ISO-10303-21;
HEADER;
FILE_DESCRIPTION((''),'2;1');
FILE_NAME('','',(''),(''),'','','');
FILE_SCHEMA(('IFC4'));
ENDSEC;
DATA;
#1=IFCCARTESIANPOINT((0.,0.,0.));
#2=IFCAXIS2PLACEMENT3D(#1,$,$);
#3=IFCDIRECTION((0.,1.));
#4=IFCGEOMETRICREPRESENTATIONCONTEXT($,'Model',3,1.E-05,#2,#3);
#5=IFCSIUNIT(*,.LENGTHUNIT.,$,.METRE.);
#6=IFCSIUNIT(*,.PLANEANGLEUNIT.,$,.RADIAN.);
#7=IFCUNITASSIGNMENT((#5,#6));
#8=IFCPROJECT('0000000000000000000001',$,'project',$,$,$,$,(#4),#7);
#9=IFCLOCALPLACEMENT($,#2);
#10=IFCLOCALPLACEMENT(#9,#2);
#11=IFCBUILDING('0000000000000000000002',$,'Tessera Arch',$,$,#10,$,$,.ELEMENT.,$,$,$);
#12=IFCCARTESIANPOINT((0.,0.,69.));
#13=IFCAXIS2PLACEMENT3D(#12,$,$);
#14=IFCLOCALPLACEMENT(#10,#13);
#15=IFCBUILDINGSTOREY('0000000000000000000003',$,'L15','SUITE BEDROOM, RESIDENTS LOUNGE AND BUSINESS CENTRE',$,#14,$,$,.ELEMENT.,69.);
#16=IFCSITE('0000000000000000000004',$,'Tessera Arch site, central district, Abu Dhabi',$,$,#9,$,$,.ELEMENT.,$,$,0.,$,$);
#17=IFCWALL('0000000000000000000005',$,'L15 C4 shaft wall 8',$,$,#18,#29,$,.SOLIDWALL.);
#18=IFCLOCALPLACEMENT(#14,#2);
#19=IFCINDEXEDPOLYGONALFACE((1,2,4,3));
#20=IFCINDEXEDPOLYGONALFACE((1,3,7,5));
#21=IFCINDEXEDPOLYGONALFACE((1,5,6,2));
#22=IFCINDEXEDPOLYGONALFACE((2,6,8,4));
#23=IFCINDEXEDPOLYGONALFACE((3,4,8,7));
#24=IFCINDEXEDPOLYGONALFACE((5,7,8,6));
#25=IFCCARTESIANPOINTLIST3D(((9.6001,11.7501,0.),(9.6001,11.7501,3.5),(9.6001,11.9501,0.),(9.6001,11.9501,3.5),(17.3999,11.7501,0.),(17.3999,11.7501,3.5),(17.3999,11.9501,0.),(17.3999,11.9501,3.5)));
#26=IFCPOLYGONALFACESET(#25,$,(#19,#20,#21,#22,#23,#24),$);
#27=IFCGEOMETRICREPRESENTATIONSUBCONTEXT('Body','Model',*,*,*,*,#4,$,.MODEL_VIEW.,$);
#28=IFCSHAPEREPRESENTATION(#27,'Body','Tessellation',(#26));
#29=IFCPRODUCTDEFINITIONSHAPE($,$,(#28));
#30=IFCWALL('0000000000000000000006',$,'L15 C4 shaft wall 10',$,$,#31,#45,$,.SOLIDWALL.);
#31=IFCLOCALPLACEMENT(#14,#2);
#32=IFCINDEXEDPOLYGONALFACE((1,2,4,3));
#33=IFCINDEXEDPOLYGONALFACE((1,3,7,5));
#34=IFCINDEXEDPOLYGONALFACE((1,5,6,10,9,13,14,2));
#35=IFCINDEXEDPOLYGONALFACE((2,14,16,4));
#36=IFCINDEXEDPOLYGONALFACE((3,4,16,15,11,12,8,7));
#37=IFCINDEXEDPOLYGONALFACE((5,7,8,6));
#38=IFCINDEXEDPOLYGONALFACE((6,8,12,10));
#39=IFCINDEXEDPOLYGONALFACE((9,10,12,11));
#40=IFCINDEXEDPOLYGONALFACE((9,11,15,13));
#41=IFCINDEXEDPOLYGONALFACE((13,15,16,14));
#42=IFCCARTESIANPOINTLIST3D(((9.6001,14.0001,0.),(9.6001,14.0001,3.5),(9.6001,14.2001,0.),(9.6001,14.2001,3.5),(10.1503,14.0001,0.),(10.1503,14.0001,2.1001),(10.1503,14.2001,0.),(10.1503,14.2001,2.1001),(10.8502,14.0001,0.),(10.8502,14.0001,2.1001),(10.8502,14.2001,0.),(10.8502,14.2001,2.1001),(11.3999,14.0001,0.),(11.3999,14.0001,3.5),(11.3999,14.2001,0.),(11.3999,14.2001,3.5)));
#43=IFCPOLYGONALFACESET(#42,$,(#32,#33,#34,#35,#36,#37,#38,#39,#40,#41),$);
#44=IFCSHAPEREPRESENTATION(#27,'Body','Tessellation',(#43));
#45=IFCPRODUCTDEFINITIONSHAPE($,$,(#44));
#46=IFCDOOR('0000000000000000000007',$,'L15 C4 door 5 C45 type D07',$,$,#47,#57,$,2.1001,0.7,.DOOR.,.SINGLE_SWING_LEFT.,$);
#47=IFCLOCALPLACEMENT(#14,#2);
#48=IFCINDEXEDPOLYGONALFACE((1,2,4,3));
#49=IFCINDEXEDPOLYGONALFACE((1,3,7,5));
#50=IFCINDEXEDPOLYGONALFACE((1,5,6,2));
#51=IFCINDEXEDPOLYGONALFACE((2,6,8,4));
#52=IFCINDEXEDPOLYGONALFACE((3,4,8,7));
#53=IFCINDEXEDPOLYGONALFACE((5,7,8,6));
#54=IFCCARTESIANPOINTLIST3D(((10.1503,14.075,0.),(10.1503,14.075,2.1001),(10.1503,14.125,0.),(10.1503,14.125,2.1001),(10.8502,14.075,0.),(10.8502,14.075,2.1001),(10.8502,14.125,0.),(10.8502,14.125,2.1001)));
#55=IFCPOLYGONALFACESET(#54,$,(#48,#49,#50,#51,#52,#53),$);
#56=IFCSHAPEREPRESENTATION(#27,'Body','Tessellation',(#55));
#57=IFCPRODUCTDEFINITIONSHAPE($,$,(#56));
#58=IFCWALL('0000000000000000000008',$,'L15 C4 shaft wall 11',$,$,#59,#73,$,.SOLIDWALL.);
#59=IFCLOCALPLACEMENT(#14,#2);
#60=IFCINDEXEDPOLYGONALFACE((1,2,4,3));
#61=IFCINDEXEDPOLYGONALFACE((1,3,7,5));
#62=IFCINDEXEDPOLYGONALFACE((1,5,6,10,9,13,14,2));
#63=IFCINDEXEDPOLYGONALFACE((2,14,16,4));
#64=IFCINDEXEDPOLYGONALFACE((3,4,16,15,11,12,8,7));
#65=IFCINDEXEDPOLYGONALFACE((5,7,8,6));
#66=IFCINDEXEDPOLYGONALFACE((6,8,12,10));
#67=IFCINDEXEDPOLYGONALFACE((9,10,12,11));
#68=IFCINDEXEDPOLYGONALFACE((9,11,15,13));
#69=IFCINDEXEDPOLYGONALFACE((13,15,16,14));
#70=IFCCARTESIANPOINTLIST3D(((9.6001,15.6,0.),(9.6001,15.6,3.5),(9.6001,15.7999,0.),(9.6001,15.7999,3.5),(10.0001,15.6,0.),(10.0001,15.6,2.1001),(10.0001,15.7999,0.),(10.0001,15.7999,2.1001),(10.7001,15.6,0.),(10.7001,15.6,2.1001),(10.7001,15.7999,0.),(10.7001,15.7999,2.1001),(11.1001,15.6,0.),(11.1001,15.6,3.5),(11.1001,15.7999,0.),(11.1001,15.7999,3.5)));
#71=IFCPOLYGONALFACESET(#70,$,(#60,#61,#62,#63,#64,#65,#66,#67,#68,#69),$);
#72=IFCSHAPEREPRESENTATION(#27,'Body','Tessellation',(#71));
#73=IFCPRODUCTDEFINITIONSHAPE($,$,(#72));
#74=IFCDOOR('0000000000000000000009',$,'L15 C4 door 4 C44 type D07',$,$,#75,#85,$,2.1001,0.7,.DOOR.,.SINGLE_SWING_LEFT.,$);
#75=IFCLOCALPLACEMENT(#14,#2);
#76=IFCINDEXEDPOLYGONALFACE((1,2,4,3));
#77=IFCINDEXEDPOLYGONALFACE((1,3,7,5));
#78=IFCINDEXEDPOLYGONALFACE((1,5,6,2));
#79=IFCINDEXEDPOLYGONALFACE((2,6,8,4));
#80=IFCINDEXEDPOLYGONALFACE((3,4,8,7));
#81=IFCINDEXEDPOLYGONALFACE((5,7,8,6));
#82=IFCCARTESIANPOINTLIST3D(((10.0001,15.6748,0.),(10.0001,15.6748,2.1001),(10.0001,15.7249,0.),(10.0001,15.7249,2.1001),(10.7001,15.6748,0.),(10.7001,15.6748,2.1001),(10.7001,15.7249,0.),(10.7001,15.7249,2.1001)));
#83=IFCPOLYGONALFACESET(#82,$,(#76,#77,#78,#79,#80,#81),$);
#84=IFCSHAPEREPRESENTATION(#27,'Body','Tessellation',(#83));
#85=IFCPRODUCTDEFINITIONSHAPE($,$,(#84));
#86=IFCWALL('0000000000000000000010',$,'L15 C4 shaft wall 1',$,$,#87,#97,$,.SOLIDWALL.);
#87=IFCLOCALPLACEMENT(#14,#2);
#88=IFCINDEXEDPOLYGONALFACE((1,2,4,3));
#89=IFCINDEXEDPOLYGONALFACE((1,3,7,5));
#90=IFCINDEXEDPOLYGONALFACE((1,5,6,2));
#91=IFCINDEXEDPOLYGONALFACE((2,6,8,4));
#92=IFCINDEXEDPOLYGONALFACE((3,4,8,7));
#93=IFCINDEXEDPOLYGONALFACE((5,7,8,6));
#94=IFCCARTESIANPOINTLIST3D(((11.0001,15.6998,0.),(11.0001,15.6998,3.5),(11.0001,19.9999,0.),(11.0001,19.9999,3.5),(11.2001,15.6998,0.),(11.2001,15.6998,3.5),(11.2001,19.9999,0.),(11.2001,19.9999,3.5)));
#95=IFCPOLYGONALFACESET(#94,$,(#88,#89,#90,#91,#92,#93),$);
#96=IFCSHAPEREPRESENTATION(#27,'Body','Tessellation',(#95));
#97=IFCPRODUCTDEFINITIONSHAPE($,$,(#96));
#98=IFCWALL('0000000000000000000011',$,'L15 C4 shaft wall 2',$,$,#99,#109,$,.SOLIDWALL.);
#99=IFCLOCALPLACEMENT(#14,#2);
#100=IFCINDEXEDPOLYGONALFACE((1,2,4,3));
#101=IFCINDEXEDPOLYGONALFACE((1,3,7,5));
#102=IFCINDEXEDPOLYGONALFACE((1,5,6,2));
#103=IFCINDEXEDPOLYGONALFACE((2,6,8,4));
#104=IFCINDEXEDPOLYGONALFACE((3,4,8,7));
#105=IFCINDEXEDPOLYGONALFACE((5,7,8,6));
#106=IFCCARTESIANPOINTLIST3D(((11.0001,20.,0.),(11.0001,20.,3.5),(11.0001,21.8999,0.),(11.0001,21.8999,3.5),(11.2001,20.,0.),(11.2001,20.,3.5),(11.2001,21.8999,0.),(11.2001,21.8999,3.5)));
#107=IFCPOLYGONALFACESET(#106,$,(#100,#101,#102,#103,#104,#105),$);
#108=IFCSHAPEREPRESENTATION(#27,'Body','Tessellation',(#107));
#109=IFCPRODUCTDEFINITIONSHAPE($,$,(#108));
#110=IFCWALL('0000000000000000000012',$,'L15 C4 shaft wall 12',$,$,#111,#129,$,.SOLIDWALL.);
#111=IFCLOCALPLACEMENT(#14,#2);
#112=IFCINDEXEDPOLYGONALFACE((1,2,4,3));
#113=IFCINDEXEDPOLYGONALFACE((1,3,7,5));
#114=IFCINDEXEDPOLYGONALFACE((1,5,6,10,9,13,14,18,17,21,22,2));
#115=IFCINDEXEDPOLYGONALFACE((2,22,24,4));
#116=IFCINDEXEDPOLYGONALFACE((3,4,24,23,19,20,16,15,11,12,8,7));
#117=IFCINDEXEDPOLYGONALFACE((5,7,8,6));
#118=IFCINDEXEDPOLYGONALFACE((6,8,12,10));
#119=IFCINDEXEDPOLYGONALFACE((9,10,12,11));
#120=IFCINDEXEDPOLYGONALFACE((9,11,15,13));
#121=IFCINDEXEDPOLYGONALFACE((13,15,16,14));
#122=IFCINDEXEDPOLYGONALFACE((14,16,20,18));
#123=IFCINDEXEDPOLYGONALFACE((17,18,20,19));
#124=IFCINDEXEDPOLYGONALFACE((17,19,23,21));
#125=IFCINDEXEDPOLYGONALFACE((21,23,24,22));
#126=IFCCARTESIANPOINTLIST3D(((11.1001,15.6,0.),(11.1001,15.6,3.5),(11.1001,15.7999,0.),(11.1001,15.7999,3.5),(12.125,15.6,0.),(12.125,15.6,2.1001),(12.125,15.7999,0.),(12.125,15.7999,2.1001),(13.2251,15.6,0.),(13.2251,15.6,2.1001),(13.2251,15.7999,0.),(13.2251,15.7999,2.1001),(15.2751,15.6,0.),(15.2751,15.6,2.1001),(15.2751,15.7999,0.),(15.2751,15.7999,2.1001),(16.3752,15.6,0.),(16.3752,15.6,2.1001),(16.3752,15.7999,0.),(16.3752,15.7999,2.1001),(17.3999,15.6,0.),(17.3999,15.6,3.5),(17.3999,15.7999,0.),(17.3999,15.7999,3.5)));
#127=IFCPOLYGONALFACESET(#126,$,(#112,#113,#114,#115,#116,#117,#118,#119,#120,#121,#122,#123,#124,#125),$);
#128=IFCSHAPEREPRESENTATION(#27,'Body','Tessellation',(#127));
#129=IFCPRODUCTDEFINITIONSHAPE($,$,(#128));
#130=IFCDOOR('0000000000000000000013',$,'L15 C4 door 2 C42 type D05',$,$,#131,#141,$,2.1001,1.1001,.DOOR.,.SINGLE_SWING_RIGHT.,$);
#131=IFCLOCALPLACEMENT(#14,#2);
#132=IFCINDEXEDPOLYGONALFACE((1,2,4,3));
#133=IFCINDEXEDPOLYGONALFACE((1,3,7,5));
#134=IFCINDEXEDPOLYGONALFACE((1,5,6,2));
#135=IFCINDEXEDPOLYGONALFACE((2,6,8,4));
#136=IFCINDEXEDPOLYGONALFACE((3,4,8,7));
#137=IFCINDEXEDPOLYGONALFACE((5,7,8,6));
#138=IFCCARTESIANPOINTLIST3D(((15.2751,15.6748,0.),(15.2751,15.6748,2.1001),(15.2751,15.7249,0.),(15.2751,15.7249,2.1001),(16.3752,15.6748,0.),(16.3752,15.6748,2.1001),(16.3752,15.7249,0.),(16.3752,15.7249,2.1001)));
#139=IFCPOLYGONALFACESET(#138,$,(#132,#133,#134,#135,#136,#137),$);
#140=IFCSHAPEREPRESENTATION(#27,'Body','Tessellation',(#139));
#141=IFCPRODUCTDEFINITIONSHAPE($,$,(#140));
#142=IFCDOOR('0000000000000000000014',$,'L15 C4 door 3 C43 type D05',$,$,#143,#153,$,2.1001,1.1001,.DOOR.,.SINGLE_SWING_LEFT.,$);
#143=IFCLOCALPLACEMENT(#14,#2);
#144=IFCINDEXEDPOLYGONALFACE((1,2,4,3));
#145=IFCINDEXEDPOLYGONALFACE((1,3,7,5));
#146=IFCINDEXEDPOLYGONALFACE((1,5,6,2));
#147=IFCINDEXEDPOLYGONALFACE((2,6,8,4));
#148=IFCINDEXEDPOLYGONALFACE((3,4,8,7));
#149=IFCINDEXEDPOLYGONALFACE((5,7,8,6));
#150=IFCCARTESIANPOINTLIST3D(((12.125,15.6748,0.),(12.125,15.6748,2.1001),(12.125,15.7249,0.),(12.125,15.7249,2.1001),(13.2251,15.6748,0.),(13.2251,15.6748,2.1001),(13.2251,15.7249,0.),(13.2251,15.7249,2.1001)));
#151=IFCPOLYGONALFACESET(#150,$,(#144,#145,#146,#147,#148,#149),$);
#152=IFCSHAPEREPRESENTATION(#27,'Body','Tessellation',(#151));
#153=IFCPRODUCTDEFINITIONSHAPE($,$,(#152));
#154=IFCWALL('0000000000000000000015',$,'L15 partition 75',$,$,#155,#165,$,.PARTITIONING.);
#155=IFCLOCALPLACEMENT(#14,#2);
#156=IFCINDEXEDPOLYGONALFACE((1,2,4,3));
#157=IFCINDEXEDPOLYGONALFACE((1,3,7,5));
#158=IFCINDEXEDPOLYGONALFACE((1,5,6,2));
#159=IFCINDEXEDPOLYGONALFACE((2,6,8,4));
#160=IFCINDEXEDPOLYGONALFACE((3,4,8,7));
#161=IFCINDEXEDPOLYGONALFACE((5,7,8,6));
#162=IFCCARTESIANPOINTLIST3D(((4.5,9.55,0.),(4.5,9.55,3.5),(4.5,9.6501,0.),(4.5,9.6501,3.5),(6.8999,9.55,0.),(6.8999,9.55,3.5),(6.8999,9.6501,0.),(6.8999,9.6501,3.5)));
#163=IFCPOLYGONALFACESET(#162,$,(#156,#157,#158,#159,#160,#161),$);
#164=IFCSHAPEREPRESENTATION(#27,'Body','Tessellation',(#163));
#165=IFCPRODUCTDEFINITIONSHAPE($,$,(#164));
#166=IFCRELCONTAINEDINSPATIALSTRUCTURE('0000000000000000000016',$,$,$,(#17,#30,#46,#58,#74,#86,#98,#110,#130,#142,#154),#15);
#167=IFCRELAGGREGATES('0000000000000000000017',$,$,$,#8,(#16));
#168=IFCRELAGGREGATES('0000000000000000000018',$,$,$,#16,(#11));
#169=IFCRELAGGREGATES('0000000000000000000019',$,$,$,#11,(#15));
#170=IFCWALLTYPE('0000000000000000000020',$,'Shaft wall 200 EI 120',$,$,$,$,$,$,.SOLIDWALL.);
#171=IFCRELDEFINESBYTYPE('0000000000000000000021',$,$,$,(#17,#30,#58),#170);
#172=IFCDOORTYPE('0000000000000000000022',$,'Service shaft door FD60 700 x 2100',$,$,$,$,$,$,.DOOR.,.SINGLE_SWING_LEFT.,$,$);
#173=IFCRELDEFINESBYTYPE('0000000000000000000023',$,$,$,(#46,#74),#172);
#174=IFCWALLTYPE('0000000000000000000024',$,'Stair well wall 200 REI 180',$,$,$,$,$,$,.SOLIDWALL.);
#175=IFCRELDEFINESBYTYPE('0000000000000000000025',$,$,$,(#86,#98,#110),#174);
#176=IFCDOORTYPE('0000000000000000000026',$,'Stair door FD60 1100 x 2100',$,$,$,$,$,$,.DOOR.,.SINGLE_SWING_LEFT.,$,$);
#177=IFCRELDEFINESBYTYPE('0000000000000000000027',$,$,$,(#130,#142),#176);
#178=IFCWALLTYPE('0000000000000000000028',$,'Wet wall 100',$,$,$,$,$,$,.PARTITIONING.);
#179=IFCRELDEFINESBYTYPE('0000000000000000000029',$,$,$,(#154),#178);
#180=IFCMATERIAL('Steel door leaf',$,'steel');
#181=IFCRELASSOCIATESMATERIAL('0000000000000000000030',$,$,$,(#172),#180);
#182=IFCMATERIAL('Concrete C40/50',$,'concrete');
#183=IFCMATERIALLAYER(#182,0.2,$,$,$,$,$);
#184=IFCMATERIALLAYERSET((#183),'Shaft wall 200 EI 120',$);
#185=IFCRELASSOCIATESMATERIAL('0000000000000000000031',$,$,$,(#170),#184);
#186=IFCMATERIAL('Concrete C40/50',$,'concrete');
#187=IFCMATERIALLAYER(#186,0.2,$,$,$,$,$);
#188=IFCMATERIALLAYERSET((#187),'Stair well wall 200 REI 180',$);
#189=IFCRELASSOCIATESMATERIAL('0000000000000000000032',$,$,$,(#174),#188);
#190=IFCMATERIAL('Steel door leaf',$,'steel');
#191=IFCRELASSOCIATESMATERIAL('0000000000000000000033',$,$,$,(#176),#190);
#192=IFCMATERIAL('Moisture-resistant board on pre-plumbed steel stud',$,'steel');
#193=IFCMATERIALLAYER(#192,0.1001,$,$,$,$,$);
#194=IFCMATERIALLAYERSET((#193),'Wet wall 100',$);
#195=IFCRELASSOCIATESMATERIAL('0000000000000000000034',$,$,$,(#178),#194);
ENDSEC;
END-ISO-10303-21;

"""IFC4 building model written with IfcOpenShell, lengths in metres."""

from ifc_helpers import new_model, si_unit, direction, frame, frame_2d, origin, place, context, subcontext, project, spatial, rectangle, extrude, material, layer, layer_set, type_object, element, fill, save


model = new_model("IFC4")

# Units and contexts
model_context = context("Model", 3, precision=1e-05, world=origin(), true_north=direction((0.0, 1.0)))
body_context = subcontext(model_context, "Body", "Model", "MODEL_VIEW")
ifc_project = project(units=[si_unit("LENGTHUNIT", "METRE"), si_unit("PLANEANGLEUNIT", "RADIAN")], contexts=[model_context])

# Site, building, storey
site_placement = place(None, origin())
site = spatial("IfcSite", under=ifc_project, at=site_placement, Name="Tessera Arch site, central district, Abu Dhabi", CompositionType="ELEMENT", RefElevation=0.0)
building_placement = place(site_placement, origin())
building = spatial("IfcBuilding", under=site, at=building_placement, Name="Tessera Arch", CompositionType="ELEMENT")
storey_placement = place(building_placement, frame((0.0, 0.0, 69.0)))
storey = spatial("IfcBuildingStorey", under=building, at=storey_placement, Name="L15", Description="SUITE BEDROOM, RESIDENTS LOUNGE AND BUSINESS CENTRE", CompositionType="ELEMENT", Elevation=69.0)

# Shared definitions
ifc_material_1 = material(Name="Steel door leaf", Category="steel")
door_type_1 = type_object("IfcDoorType", Name="Service shaft door FD60 700 x 2100", OperationType="SINGLE_SWING_LEFT", PredefinedType="DOOR", material=ifc_material_1)

# Wall
ifc_material_2 = material(Name="Concrete C40/50", Category="concrete")
ifc_layer_1 = layer(ifc_material_2, 0.2)
ifc_layer_set_1 = layer_set([ifc_layer_1], Name="Shaft wall 200 EI 120")
wall_type_1 = type_object("IfcWallType", Name="Shaft wall 200 EI 120", PredefinedType="SOLIDWALL", material=ifc_layer_set_1)
wall_1_placement = place(storey_placement, frame((9.6001, 11.8501, 0.0), z_axis=(0.0, 0.0, 1.0), x_axis=(1.0, 0.0, 0.0)))
element("IfcWall", 1, at=wall_1_placement, inside=storey, type_object=wall_type_1, Name="L15 C4 shaft wall 8", PredefinedType="SOLIDWALL", context=body_context, shape_type="SweptSolid", body=[
    extrude(rectangle(XDim=7.7998, YDim=0.2, at=frame_2d((3.8999, 0.0))), origin(), (0.0, 0.0, 1.0), 3.5),
])

# Walls, openings, doors
wall_2_placement = place(storey_placement, frame((9.6001, 14.1001, 0.0), z_axis=(0.0, 0.0, 1.0), x_axis=(1.0, 0.0, 0.0)))
wall_2 = element("IfcWall", 2, at=wall_2_placement, inside=storey, type_object=wall_type_1, Name="L15 C4 shaft wall 10", PredefinedType="SOLIDWALL", context=body_context, shape_type="SweptSolid", body=[
    extrude(rectangle(XDim=1.7998, YDim=0.2, at=frame_2d((0.8999, 0.0))), origin(), (0.0, 0.0, 1.0), 3.5),
])
opening_1_placement = place(wall_2_placement, frame((0.55, 0.0, 0.0)))
opening_1 = element("IfcOpeningElement", 3, at=opening_1_placement, cuts=wall_2, PredefinedType="OPENING", context=body_context, shape_type="SweptSolid", body=[
    extrude(rectangle(XDim=0.7, YDim=2.1001, at=frame_2d((0.3501, 1.05))), frame((0.0, 0.1099, 0.0), z_axis=(0.0, -1.0, 0.0), x_axis=(1.0, 0.0, 0.0)), (0.0, 0.0, 1.0), 0.22),
])
door_1_placement = place(opening_1_placement, origin())
door_1 = element("IfcDoor", 4, at=door_1_placement, inside=storey, type_object=door_type_1, Name="L15 C4 door 5 C45 type D07", OperationType="SINGLE_SWING_LEFT", OverallHeight=2.1001, OverallWidth=0.7, PredefinedType="DOOR", context=body_context, shape_type="SweptSolid", body=[
    extrude(rectangle(XDim=0.7, YDim=2.1001, at=frame_2d((0.3501, 1.05))), frame((0.0, 0.0249, 0.0), z_axis=(0.0, -1.0, 0.0), x_axis=(1.0, 0.0, 0.0)), (0.0, 0.0, 1.0), 0.05),
])
fill(opening_1, door_1)
wall_3_placement = place(storey_placement, frame((9.6001, 15.7, 0.0), z_axis=(0.0, 0.0, 1.0), x_axis=(1.0, 0.0, 0.0)))
wall_3 = element("IfcWall", 5, at=wall_3_placement, inside=storey, type_object=wall_type_1, Name="L15 C4 shaft wall 11", PredefinedType="SOLIDWALL", context=body_context, shape_type="SweptSolid", body=[
    extrude(rectangle(XDim=1.5, YDim=0.2, at=frame_2d((0.75, 0.0))), origin(), (0.0, 0.0, 1.0), 3.5),
])
opening_2_placement = place(wall_3_placement, frame((0.3999, 0.0, 0.0)))
opening_2 = element("IfcOpeningElement", 6, at=opening_2_placement, cuts=wall_3, PredefinedType="OPENING", context=body_context, shape_type="SweptSolid", body=[
    extrude(rectangle(XDim=0.7, YDim=2.1001, at=frame_2d((0.3501, 1.05))), frame((0.0, 0.1099, 0.0), z_axis=(0.0, -1.0, 0.0), x_axis=(1.0, 0.0, 0.0)), (0.0, 0.0, 1.0), 0.22),
])
door_2_placement = place(opening_2_placement, origin())
door_2 = element("IfcDoor", 7, at=door_2_placement, inside=storey, type_object=door_type_1, Name="L15 C4 door 4 C44 type D07", OperationType="SINGLE_SWING_LEFT", OverallHeight=2.1001, OverallWidth=0.7, PredefinedType="DOOR", context=body_context, shape_type="SweptSolid", body=[
    extrude(rectangle(XDim=0.7, YDim=2.1001, at=frame_2d((0.3501, 1.05))), frame((0.0, 0.0249, 0.0), z_axis=(0.0, -1.0, 0.0), x_axis=(1.0, 0.0, 0.0)), (0.0, 0.0, 1.0), 0.05),
])
fill(opening_2, door_2)

# Walls
ifc_material_3 = material(Name="Concrete C40/50", Category="concrete")
ifc_layer_2 = layer(ifc_material_3, 0.2)
ifc_layer_set_2 = layer_set([ifc_layer_2], Name="Stair well wall 200 REI 180")
wall_type_2 = type_object("IfcWallType", Name="Stair well wall 200 REI 180", PredefinedType="SOLIDWALL", material=ifc_layer_set_2)
wall_4_placement = place(storey_placement, frame((11.1001, 15.7, 0.0), z_axis=(0.0, 0.0, 1.0), x_axis=(0.0, 1.0, 0.0)))
element("IfcWall", 8, at=wall_4_placement, inside=storey, type_object=wall_type_2, Name="L15 C4 shaft wall 1", PredefinedType="SOLIDWALL", context=body_context, shape_type="SweptSolid", body=[
    extrude(rectangle(XDim=4.3, YDim=0.2, at=frame_2d((2.1499, 0.0))), origin(), (0.0, 0.0, 1.0), 3.5),
])
wall_5_placement = place(storey_placement, frame((11.1001, 20.0, 0.0), z_axis=(0.0, 0.0, 1.0), x_axis=(0.0, 1.0, 0.0)))
element("IfcWall", 9, at=wall_5_placement, inside=storey, type_object=wall_type_2, Name="L15 C4 shaft wall 2", PredefinedType="SOLIDWALL", context=body_context, shape_type="SweptSolid", body=[
    extrude(rectangle(XDim=1.8999, YDim=0.2, at=frame_2d((0.95, 0.0))), origin(), (0.0, 0.0, 1.0), 3.5),
])

# Wall, openings, doors
wall_6_placement = place(storey_placement, frame((11.1001, 15.7, 0.0), z_axis=(0.0, 0.0, 1.0), x_axis=(1.0, 0.0, 0.0)))
wall_6 = element("IfcWall", 10, at=wall_6_placement, inside=storey, type_object=wall_type_2, Name="L15 C4 shaft wall 12", PredefinedType="SOLIDWALL", context=body_context, shape_type="SweptSolid", body=[
    extrude(rectangle(XDim=6.2998, YDim=0.2, at=frame_2d((3.1499, 0.0))), origin(), (0.0, 0.0, 1.0), 3.5),
])
opening_3_placement = place(wall_6_placement, frame((4.175, 0.0, 0.0)))
opening_3 = element("IfcOpeningElement", 11, at=opening_3_placement, cuts=wall_6, PredefinedType="OPENING", context=body_context, shape_type="SweptSolid", body=[
    extrude(rectangle(XDim=1.1001, YDim=2.1001, at=frame_2d((0.55, 1.05))), frame((0.0, 0.1099, 0.0), z_axis=(0.0, -1.0, 0.0), x_axis=(1.0, 0.0, 0.0)), (0.0, 0.0, 1.0), 0.22),
])
opening_4_placement = place(wall_6_placement, frame((1.0249, 0.0, 0.0)))
opening_4 = element("IfcOpeningElement", 12, at=opening_4_placement, cuts=wall_6, PredefinedType="OPENING", context=body_context, shape_type="SweptSolid", body=[
    extrude(rectangle(XDim=1.1001, YDim=2.1001, at=frame_2d((0.55, 1.05))), frame((0.0, 0.1099, 0.0), z_axis=(0.0, -1.0, 0.0), x_axis=(1.0, 0.0, 0.0)), (0.0, 0.0, 1.0), 0.22),
])
ifc_material_4 = material(Name="Steel door leaf", Category="steel")
door_type_2 = type_object("IfcDoorType", Name="Stair door FD60 1100 x 2100", OperationType="SINGLE_SWING_LEFT", PredefinedType="DOOR", material=ifc_material_4)
door_3_placement = place(opening_3_placement, origin())
door_3 = element("IfcDoor", 13, at=door_3_placement, inside=storey, type_object=door_type_2, Name="L15 C4 door 2 C42 type D05", OperationType="SINGLE_SWING_RIGHT", OverallHeight=2.1001, OverallWidth=1.1001, PredefinedType="DOOR", context=body_context, shape_type="SweptSolid", body=[
    extrude(rectangle(XDim=1.1001, YDim=2.1001, at=frame_2d((0.55, 1.05))), frame((0.0, 0.0249, 0.0), z_axis=(0.0, -1.0, 0.0), x_axis=(1.0, 0.0, 0.0)), (0.0, 0.0, 1.0), 0.05),
])
fill(opening_3, door_3)
door_4_placement = place(opening_4_placement, origin())
door_4 = element("IfcDoor", 14, at=door_4_placement, inside=storey, type_object=door_type_2, Name="L15 C4 door 3 C43 type D05", OperationType="SINGLE_SWING_LEFT", OverallHeight=2.1001, OverallWidth=1.1001, PredefinedType="DOOR", context=body_context, shape_type="SweptSolid", body=[
    extrude(rectangle(XDim=1.1001, YDim=2.1001, at=frame_2d((0.55, 1.05))), frame((0.0, 0.0249, 0.0), z_axis=(0.0, -1.0, 0.0), x_axis=(1.0, 0.0, 0.0)), (0.0, 0.0, 1.0), 0.05),
])
fill(opening_4, door_4)

# Wall
ifc_material_5 = material(Name="Moisture-resistant board on pre-plumbed steel stud", Category="steel")
ifc_layer_3 = layer(ifc_material_5, 0.1001)
ifc_layer_set_3 = layer_set([ifc_layer_3], Name="Wet wall 100")
wall_type_3 = type_object("IfcWallType", Name="Wet wall 100", PredefinedType="PARTITIONING", material=ifc_layer_set_3)
wall_7_placement = place(storey_placement, frame((4.5, 9.6001, 0.0), z_axis=(0.0, 0.0, 1.0), x_axis=(1.0, 0.0, 0.0)))
element("IfcWall", 15, at=wall_7_placement, inside=storey, type_object=wall_type_3, Name="L15 partition 75", PredefinedType="PARTITIONING", context=body_context, shape_type="SweptSolid", body=[
    extrude(rectangle(XDim=2.3999, YDim=0.1001, at=frame_2d((1.2, 0.0))), origin(), (0.0, 0.0, 1.0), 3.5),
])

save(model, "model.ifc")
